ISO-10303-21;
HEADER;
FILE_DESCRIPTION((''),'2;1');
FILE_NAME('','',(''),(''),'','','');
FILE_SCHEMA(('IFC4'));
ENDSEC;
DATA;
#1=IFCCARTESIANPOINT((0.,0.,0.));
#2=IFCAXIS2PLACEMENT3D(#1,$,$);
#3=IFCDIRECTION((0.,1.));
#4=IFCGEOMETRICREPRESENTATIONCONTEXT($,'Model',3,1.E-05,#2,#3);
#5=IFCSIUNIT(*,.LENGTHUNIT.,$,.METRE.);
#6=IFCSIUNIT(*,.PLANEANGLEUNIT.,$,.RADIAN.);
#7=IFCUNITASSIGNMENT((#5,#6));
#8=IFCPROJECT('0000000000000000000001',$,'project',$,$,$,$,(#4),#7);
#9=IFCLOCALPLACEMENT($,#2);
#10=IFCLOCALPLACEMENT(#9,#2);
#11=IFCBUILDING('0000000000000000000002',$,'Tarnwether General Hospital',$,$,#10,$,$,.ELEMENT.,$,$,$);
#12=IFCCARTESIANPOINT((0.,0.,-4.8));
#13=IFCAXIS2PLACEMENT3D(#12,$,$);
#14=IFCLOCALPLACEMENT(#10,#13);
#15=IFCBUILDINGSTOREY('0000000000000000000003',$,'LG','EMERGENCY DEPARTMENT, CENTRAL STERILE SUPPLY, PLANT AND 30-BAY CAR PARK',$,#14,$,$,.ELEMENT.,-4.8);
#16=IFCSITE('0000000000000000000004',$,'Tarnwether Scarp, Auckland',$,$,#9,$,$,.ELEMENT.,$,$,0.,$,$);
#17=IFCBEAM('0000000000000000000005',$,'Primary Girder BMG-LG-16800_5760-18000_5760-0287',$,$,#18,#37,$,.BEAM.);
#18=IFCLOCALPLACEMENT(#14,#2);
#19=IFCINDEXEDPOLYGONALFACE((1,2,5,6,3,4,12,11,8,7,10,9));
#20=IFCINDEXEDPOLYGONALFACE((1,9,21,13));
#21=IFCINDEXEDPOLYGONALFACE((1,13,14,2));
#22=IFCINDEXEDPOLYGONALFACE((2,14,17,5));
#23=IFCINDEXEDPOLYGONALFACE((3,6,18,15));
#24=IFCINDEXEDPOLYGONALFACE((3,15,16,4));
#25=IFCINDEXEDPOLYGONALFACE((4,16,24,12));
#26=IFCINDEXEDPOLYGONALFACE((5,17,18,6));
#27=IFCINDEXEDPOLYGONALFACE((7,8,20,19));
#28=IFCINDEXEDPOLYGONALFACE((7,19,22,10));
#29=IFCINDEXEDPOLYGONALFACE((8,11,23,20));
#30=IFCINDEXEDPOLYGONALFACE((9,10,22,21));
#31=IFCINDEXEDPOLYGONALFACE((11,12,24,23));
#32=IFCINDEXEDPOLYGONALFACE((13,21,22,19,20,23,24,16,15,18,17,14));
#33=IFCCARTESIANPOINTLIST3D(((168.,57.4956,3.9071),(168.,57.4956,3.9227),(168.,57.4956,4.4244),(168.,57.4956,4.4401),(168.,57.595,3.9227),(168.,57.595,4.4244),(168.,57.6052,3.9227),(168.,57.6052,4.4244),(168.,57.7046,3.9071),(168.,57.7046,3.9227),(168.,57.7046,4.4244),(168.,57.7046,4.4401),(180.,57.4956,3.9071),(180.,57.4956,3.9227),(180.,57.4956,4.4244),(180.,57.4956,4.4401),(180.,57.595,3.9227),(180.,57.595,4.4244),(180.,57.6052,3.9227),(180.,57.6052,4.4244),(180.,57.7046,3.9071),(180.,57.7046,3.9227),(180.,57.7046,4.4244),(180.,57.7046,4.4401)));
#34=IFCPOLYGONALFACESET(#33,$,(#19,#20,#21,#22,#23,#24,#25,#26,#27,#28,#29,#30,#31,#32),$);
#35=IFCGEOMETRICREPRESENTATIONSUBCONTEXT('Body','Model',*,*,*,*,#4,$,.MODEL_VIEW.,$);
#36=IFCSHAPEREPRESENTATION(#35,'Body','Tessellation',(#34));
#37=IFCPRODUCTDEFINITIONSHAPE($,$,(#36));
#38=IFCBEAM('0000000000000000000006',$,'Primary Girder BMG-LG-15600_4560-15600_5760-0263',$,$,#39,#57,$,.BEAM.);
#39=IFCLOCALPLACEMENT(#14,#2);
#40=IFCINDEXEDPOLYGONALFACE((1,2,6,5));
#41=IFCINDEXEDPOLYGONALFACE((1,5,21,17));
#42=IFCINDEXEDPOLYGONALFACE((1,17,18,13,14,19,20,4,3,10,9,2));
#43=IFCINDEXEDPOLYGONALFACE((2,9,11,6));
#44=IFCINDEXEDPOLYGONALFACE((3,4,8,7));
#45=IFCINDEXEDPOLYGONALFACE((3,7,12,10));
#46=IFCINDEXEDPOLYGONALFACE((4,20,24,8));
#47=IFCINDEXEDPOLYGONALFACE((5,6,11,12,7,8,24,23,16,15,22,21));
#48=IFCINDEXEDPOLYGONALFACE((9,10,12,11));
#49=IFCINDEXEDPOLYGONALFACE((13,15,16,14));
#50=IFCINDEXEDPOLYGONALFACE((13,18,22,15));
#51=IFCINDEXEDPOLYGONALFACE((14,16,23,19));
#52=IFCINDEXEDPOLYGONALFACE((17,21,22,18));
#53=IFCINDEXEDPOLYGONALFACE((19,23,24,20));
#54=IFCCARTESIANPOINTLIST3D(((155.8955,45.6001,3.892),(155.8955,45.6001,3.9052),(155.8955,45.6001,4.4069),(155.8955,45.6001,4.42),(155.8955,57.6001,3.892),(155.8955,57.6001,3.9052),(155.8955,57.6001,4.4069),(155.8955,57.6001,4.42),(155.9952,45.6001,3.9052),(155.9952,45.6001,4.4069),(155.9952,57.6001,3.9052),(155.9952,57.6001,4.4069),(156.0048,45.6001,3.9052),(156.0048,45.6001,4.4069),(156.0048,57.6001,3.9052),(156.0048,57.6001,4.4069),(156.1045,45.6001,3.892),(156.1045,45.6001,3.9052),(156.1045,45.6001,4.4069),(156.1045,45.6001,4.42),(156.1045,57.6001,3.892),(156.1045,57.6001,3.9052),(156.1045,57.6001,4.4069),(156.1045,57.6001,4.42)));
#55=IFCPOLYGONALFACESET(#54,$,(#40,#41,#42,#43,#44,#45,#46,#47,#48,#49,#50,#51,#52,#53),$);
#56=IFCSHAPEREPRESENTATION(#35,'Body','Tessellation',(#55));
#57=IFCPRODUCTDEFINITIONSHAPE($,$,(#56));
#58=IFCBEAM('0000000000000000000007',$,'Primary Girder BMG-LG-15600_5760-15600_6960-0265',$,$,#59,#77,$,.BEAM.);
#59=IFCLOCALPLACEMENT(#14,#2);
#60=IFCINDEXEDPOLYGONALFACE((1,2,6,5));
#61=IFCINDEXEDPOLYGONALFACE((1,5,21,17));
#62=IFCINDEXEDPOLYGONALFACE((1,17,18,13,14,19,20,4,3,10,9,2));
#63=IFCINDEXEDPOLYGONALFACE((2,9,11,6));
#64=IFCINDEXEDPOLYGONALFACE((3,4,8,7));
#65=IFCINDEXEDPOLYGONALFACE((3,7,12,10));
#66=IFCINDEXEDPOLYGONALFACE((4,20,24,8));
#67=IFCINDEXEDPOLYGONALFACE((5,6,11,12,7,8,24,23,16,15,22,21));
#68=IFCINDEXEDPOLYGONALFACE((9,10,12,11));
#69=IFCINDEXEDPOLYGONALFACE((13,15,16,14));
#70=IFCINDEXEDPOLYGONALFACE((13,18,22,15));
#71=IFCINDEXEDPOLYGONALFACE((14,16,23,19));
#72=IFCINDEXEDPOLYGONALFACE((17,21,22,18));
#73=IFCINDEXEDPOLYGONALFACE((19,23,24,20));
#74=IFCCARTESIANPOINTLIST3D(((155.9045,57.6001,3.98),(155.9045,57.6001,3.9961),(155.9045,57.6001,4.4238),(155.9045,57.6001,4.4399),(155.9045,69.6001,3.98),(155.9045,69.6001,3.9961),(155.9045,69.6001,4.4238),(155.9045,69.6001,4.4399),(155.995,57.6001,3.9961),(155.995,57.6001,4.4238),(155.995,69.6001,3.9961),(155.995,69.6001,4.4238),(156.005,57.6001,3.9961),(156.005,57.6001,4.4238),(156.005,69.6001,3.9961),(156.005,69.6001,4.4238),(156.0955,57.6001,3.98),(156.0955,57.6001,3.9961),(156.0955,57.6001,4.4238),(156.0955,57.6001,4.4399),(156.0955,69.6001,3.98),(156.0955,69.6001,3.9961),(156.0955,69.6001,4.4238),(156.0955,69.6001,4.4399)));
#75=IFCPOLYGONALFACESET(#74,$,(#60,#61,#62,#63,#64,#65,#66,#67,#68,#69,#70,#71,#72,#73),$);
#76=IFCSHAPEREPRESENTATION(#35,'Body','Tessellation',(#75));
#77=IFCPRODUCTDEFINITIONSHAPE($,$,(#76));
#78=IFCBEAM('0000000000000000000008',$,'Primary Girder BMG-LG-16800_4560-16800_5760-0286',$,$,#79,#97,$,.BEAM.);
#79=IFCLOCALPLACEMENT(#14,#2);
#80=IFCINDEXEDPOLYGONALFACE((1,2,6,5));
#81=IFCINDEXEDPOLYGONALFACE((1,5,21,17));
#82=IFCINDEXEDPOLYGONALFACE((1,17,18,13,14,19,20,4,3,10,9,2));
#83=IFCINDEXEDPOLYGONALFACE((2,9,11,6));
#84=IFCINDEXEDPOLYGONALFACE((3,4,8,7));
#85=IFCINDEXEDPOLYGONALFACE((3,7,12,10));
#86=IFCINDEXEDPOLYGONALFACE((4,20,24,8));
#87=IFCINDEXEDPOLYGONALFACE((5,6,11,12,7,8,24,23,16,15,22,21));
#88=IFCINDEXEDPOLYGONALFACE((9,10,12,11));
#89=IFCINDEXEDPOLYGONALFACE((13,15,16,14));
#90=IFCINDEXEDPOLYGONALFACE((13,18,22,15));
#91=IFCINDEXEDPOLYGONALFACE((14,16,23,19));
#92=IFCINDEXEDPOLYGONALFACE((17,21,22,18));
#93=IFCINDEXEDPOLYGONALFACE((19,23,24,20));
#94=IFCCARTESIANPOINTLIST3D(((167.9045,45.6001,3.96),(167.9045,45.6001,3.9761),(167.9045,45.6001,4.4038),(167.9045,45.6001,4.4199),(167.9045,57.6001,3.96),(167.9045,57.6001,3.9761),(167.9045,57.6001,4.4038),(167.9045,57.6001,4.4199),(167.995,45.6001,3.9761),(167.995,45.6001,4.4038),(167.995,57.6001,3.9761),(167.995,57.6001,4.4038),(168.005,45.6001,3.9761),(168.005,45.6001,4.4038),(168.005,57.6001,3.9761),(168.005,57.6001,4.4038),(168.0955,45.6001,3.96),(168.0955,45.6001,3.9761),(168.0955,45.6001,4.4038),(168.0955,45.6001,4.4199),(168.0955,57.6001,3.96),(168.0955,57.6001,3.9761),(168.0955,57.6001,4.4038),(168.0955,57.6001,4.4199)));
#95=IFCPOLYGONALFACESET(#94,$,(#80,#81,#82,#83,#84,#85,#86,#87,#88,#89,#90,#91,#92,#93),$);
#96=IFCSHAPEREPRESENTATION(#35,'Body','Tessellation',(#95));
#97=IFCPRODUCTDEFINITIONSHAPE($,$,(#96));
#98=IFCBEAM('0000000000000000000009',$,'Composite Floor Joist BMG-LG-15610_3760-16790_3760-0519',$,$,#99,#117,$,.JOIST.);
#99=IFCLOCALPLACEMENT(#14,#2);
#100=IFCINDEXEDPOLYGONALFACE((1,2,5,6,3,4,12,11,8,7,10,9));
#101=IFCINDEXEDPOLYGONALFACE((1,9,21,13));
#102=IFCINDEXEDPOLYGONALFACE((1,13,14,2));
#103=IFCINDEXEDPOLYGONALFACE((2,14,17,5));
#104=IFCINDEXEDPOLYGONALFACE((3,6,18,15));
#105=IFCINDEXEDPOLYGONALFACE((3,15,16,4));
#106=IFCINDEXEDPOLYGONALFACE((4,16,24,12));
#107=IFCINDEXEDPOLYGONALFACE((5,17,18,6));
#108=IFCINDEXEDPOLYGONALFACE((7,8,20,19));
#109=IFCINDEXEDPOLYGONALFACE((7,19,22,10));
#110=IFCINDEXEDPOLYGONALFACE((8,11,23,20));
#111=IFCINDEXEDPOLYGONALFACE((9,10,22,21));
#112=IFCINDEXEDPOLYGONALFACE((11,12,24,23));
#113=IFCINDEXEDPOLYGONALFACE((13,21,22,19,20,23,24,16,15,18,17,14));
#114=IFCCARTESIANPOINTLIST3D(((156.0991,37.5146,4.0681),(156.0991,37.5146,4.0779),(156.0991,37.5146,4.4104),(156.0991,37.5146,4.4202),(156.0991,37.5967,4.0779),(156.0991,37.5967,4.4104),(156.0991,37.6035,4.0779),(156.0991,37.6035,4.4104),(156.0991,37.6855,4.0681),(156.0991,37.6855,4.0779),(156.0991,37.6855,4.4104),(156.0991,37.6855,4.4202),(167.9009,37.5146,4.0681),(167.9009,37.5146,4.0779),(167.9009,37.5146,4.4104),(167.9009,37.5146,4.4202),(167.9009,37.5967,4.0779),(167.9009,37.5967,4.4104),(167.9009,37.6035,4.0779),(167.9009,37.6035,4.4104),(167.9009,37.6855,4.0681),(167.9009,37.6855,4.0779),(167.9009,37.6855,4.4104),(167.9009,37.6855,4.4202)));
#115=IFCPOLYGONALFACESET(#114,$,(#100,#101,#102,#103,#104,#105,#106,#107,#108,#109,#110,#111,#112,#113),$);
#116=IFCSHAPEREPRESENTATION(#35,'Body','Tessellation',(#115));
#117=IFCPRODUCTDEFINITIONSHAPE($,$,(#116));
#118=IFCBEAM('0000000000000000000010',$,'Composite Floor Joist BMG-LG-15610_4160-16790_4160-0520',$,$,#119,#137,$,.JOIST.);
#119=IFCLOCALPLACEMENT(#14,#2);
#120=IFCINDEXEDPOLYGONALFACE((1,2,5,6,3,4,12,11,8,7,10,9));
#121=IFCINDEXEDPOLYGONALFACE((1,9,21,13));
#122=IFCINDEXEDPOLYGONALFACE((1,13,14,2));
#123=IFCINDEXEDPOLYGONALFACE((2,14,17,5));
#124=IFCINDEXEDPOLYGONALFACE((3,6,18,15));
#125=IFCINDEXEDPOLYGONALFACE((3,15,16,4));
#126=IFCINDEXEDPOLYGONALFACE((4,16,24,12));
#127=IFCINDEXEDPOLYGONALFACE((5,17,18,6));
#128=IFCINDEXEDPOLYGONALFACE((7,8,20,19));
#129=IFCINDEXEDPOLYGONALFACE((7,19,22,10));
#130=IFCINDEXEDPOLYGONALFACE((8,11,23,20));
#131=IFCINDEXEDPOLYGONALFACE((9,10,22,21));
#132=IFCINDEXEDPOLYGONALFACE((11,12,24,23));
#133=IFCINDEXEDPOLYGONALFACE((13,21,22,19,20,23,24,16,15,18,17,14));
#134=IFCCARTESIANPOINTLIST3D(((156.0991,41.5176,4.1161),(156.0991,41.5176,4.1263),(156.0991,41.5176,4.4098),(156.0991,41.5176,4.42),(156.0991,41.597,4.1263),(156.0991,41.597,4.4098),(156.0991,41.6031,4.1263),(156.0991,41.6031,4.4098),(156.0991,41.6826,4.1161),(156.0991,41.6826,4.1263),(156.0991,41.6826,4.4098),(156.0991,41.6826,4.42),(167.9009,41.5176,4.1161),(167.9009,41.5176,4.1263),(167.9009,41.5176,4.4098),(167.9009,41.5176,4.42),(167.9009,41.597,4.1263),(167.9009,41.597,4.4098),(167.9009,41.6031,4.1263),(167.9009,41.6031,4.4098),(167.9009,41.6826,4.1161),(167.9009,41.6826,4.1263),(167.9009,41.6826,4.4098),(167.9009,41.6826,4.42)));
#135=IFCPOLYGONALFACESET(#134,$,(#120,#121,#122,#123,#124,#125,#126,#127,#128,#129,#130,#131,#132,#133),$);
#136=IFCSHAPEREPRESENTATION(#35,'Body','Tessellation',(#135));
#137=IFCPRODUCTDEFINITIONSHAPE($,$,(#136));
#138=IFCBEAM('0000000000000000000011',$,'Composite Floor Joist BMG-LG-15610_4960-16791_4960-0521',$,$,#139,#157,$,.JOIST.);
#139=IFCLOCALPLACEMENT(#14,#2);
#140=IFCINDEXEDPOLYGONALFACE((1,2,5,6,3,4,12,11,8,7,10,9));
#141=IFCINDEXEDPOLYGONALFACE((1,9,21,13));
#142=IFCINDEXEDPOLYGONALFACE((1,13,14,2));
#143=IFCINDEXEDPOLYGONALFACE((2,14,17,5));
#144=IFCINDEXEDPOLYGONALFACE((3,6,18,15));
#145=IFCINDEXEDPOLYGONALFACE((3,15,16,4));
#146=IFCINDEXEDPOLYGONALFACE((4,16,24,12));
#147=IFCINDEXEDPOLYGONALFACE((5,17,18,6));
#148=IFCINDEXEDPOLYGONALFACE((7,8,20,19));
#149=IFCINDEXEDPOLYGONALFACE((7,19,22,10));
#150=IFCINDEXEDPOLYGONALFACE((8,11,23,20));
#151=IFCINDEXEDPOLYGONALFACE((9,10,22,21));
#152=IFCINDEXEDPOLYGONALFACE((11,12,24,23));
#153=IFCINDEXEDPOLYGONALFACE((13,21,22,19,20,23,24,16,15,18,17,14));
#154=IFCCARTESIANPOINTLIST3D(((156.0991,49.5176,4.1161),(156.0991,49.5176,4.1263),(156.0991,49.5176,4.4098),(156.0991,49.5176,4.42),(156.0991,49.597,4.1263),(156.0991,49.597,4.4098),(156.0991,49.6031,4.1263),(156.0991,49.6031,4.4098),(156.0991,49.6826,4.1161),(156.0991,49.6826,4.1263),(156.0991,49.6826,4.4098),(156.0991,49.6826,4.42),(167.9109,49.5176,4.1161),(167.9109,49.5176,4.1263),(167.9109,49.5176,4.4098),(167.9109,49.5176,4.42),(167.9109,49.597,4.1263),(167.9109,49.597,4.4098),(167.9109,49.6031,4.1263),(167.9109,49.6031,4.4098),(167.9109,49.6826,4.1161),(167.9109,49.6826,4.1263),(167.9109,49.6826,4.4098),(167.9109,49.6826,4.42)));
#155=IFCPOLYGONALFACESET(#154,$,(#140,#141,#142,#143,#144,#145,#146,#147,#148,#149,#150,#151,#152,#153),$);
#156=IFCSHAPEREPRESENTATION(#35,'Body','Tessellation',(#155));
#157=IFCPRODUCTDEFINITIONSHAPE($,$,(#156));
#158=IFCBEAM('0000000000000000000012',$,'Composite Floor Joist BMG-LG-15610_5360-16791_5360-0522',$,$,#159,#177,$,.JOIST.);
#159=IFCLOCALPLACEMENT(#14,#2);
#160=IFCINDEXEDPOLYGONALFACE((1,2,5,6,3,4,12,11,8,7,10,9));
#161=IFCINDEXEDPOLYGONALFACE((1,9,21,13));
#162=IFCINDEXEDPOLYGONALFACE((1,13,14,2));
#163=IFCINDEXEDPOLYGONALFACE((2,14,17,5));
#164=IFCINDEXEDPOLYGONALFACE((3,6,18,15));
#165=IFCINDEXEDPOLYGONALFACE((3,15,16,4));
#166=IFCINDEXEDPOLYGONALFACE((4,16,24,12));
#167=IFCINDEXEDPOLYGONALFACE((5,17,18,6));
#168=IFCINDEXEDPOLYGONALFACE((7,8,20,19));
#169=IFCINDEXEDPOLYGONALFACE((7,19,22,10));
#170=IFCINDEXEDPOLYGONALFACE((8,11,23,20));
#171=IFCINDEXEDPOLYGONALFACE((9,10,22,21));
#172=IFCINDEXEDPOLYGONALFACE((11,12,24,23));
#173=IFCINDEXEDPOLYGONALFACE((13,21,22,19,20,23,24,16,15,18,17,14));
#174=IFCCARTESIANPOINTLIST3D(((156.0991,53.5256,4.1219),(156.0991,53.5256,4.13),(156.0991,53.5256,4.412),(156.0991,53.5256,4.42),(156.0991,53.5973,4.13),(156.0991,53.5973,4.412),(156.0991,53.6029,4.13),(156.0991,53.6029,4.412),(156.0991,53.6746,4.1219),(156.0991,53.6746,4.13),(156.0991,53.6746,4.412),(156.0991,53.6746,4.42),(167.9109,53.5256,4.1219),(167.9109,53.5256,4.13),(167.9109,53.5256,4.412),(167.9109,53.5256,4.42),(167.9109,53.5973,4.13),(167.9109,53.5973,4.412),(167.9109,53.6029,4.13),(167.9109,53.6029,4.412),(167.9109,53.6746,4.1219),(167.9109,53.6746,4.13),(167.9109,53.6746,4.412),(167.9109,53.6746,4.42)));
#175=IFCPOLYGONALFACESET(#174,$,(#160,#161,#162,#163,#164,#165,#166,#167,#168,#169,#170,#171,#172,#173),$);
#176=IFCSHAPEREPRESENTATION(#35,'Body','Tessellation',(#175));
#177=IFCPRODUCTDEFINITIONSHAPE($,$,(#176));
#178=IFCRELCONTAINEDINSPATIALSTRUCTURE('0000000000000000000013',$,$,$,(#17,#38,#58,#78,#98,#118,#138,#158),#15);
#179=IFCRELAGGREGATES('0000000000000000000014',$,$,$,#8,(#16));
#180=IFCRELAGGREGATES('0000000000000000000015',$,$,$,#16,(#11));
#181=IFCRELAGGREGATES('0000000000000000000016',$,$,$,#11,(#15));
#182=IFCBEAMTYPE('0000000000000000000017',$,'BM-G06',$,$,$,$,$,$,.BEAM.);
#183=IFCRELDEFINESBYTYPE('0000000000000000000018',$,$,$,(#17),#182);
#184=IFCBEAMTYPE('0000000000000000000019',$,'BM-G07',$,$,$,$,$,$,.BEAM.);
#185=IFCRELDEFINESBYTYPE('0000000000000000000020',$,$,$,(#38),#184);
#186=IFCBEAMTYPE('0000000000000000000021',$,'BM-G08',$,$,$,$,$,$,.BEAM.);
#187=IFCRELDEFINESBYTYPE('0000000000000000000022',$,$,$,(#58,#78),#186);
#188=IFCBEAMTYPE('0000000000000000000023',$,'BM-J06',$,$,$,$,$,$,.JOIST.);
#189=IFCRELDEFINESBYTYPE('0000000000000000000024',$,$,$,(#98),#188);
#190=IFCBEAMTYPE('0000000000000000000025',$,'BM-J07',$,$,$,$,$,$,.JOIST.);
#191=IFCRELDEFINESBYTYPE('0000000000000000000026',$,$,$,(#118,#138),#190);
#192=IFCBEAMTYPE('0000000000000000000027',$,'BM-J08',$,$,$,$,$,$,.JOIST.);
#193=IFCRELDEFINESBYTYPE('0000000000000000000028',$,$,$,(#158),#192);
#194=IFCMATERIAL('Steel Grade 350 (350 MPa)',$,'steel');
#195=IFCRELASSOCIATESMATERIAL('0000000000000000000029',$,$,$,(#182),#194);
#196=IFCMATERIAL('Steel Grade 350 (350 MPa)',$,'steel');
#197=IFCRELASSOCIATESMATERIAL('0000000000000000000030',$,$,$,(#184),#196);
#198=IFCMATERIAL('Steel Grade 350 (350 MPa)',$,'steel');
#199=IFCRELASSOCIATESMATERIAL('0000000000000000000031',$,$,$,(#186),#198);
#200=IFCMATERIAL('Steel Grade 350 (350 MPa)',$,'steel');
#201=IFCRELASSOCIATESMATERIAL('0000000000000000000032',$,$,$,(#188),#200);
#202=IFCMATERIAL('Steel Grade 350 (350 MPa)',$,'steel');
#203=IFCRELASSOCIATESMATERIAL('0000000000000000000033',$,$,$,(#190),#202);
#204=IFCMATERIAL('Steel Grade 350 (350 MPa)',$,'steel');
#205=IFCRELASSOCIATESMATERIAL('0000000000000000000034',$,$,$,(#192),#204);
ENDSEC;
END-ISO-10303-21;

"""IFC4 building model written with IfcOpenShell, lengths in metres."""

from ifc_helpers import new_model, si_unit, direction, frame, origin, origin_2d, place, context, subcontext, project, spatial, i_section, extrude, material, material_profile, profile_set, type_object, element, save


model = new_model("IFC4")

# Units and contexts
model_context = context("Model", 3, precision=1e-05, world=origin(), true_north=direction((0.0, 1.0)))
body_context = subcontext(model_context, "Body", "Model", "MODEL_VIEW")
ifc_project = project(units=[si_unit("LENGTHUNIT", "METRE"), si_unit("PLANEANGLEUNIT", "RADIAN")], contexts=[model_context])

# Site, building, storey
site_placement = place(None, origin())
site = spatial("IfcSite", under=ifc_project, at=site_placement, Name="Tarnwether Scarp, Auckland", CompositionType="ELEMENT", RefElevation=0.0)
building_placement = place(site_placement, origin())
building = spatial("IfcBuilding", under=site, at=building_placement, Name="Tarnwether General Hospital", CompositionType="ELEMENT")
storey_placement = place(building_placement, frame((0.0, 0.0, -4.8)))
storey = spatial("IfcBuildingStorey", under=building, at=storey_placement, Name="LG", Description="EMERGENCY DEPARTMENT, CENTRAL STERILE SUPPLY, PLANT AND 30-BAY CAR PARK", CompositionType="ELEMENT", Elevation=-4.8)

# Beams
ifc_material_1 = material(Name="Steel Grade 350 (350 MPa)", Category="steel")
ifc_material_profile_1 = material_profile(ifc_material_1, i_section(OverallWidth=0.209, OverallDepth=0.533, WebThickness=0.0103, FlangeThickness=0.0156, at=origin_2d()), Name="530UB92.4")
ifc_profile_set_1 = profile_set([ifc_material_profile_1], Name="Steel Grade 350 (350 MPa)")
beam_type_1 = type_object("IfcBeamType", Name="BM-G06", PredefinedType="BEAM", material=ifc_profile_set_1)
beam_1_placement = place(storey_placement, frame((168.0, 57.6001, 4.1736), z_axis=(1.0, 0.0, 0.0), x_axis=(0.0, 1.0, 0.0)))
element("IfcBeam", 1, at=beam_1_placement, inside=storey, type_object=beam_type_1, Name="Primary Girder BMG-LG-16800_5760-18000_5760-0287", PredefinedType="BEAM", context=body_context, shape_type="SweptSolid", body=[
    extrude(i_section(OverallWidth=0.209, OverallDepth=0.533, WebThickness=0.0103, FlangeThickness=0.0156, at=origin_2d()), origin(), (0.0, 0.0, 1.0), 12.0),
])
ifc_material_2 = material(Name="Steel Grade 350 (350 MPa)", Category="steel")
ifc_material_profile_2 = material_profile(ifc_material_2, i_section(OverallWidth=0.209, OverallDepth=0.5281, WebThickness=0.0095, FlangeThickness=0.0132, at=origin_2d()), Name="530UB82.0")
ifc_profile_set_2 = profile_set([ifc_material_profile_2], Name="Steel Grade 350 (350 MPa)")
beam_type_2 = type_object("IfcBeamType", Name="BM-G07", PredefinedType="BEAM", material=ifc_profile_set_2)
beam_2_placement = place(storey_placement, frame((156.0, 45.6001, 4.156), z_axis=(0.0, 1.0, 0.0), x_axis=(-1.0, 0.0, 0.0)))
element("IfcBeam", 2, at=beam_2_placement, inside=storey, type_object=beam_type_2, Name="Primary Girder BMG-LG-15600_4560-15600_5760-0263", PredefinedType="BEAM", context=body_context, shape_type="SweptSolid", body=[
    extrude(i_section(OverallWidth=0.209, OverallDepth=0.5281, WebThickness=0.0095, FlangeThickness=0.0132, at=origin_2d()), origin(), (0.0, 0.0, 1.0), 12.0),
])
ifc_material_3 = material(Name="Steel Grade 350 (350 MPa)", Category="steel")
ifc_material_profile_3 = material_profile(ifc_material_3, i_section(OverallWidth=0.1909, OverallDepth=0.46, WebThickness=0.01, FlangeThickness=0.0161, at=origin_2d()), Name="460UB82.1")
ifc_profile_set_3 = profile_set([ifc_material_profile_3], Name="Steel Grade 350 (350 MPa)")
beam_type_3 = type_object("IfcBeamType", Name="BM-G08", PredefinedType="BEAM", material=ifc_profile_set_3)
for number, where, z_axis, x_axis, name in (
    (3, (156.0, 57.6001, 4.21), (0.0, 1.0, 0.0), (-1.0, 0.0, 0.0), "Primary Girder BMG-LG-15600_5760-15600_6960-0265"),
    (4, (168.0, 45.6001, 4.1899), (0.0, 1.0, 0.0), (-1.0, 0.0, 0.0), "Primary Girder BMG-LG-16800_4560-16800_5760-0286"),
):
    element("IfcBeam", number, at=place(storey_placement, frame(where, z_axis=z_axis, x_axis=x_axis)), inside=storey, type_object=beam_type_3, Name=name, PredefinedType="BEAM", context=body_context, shape_type="SweptSolid", body=[
        extrude(i_section(OverallWidth=0.1909, OverallDepth=0.46, WebThickness=0.01, FlangeThickness=0.0161, at=origin_2d()), origin(), (0.0, 0.0, 1.0), 12.0),
    ])
ifc_material_4 = material(Name="Steel Grade 350 (350 MPa)", Category="steel")
ifc_material_profile_4 = material_profile(ifc_material_4, i_section(OverallWidth=0.1709, OverallDepth=0.3521, WebThickness=0.0068, FlangeThickness=0.0098, at=origin_2d()), Name="360UB44.7")
ifc_profile_set_4 = profile_set([ifc_material_profile_4], Name="Steel Grade 350 (350 MPa)")
beam_type_4 = type_object("IfcBeamType", Name="BM-J06", PredefinedType="JOIST", material=ifc_profile_set_4)
beam_3_placement = place(storey_placement, frame((156.0991, 37.6001, 4.2441), z_axis=(1.0, 0.0, 0.0), x_axis=(0.0, 1.0, 0.0)))
element("IfcBeam", 5, at=beam_3_placement, inside=storey, type_object=beam_type_4, Name="Composite Floor Joist BMG-LG-15610_3760-16790_3760-0519", PredefinedType="JOIST", context=body_context, shape_type="SweptSolid", body=[
    extrude(i_section(OverallWidth=0.1709, OverallDepth=0.3521, WebThickness=0.0068, FlangeThickness=0.0098, at=origin_2d()), origin(), (0.0, 0.0, 1.0), 11.8018),
])
ifc_material_5 = material(Name="Steel Grade 350 (350 MPa)", Category="steel")
ifc_material_profile_5 = material_profile(ifc_material_5, i_section(OverallWidth=0.165, OverallDepth=0.304, WebThickness=0.0061, FlangeThickness=0.0103, at=origin_2d()), Name="310UB40.4")
ifc_profile_set_5 = profile_set([ifc_material_profile_5], Name="Steel Grade 350 (350 MPa)")
beam_type_5 = type_object("IfcBeamType", Name="BM-J07", PredefinedType="JOIST", material=ifc_profile_set_5)
beam_4_placement = place(storey_placement, frame((156.0991, 41.6001, 4.2681), z_axis=(1.0, 0.0, 0.0), x_axis=(0.0, 1.0, 0.0)))
element("IfcBeam", 6, at=beam_4_placement, inside=storey, type_object=beam_type_5, Name="Composite Floor Joist BMG-LG-15610_4160-16790_4160-0520", PredefinedType="JOIST", context=body_context, shape_type="SweptSolid", body=[
    extrude(i_section(OverallWidth=0.165, OverallDepth=0.304, WebThickness=0.0061, FlangeThickness=0.0103, at=origin_2d()), origin(), (0.0, 0.0, 1.0), 11.8018),
])
beam_5_placement = place(storey_placement, frame((156.0991, 49.6001, 4.2681), z_axis=(1.0, 0.0, 0.0), x_axis=(0.0, 1.0, 0.0)))
element("IfcBeam", 7, at=beam_5_placement, inside=storey, type_object=beam_type_5, Name="Composite Floor Joist BMG-LG-15610_4960-16791_4960-0521", PredefinedType="JOIST", context=body_context, shape_type="SweptSolid", body=[
    extrude(i_section(OverallWidth=0.165, OverallDepth=0.304, WebThickness=0.0061, FlangeThickness=0.0103, at=origin_2d()), origin(), (0.0, 0.0, 1.0), 11.8118),
])
ifc_material_6 = material(Name="Steel Grade 350 (350 MPa)", Category="steel")
ifc_material_profile_6 = material_profile(ifc_material_6, i_section(OverallWidth=0.1489, OverallDepth=0.2981, WebThickness=0.0056, FlangeThickness=0.0081, at=origin_2d()), Name="310UB32.0")
ifc_profile_set_6 = profile_set([ifc_material_profile_6], Name="Steel Grade 350 (350 MPa)")
beam_type_6 = type_object("IfcBeamType", Name="BM-J08", PredefinedType="JOIST", material=ifc_profile_set_6)
beam_6_placement = place(storey_placement, frame((156.0991, 53.6001, 4.271), z_axis=(1.0, 0.0, 0.0), x_axis=(0.0, 1.0, 0.0)))
element("IfcBeam", 8, at=beam_6_placement, inside=storey, type_object=beam_type_6, Name="Composite Floor Joist BMG-LG-15610_5360-16791_5360-0522", PredefinedType="JOIST", context=body_context, shape_type="SweptSolid", body=[
    extrude(i_section(OverallWidth=0.1489, OverallDepth=0.2981, WebThickness=0.0056, FlangeThickness=0.0081, at=origin_2d()), origin(), (0.0, 0.0, 1.0), 11.8118),
])

save(model, "model.ifc")
